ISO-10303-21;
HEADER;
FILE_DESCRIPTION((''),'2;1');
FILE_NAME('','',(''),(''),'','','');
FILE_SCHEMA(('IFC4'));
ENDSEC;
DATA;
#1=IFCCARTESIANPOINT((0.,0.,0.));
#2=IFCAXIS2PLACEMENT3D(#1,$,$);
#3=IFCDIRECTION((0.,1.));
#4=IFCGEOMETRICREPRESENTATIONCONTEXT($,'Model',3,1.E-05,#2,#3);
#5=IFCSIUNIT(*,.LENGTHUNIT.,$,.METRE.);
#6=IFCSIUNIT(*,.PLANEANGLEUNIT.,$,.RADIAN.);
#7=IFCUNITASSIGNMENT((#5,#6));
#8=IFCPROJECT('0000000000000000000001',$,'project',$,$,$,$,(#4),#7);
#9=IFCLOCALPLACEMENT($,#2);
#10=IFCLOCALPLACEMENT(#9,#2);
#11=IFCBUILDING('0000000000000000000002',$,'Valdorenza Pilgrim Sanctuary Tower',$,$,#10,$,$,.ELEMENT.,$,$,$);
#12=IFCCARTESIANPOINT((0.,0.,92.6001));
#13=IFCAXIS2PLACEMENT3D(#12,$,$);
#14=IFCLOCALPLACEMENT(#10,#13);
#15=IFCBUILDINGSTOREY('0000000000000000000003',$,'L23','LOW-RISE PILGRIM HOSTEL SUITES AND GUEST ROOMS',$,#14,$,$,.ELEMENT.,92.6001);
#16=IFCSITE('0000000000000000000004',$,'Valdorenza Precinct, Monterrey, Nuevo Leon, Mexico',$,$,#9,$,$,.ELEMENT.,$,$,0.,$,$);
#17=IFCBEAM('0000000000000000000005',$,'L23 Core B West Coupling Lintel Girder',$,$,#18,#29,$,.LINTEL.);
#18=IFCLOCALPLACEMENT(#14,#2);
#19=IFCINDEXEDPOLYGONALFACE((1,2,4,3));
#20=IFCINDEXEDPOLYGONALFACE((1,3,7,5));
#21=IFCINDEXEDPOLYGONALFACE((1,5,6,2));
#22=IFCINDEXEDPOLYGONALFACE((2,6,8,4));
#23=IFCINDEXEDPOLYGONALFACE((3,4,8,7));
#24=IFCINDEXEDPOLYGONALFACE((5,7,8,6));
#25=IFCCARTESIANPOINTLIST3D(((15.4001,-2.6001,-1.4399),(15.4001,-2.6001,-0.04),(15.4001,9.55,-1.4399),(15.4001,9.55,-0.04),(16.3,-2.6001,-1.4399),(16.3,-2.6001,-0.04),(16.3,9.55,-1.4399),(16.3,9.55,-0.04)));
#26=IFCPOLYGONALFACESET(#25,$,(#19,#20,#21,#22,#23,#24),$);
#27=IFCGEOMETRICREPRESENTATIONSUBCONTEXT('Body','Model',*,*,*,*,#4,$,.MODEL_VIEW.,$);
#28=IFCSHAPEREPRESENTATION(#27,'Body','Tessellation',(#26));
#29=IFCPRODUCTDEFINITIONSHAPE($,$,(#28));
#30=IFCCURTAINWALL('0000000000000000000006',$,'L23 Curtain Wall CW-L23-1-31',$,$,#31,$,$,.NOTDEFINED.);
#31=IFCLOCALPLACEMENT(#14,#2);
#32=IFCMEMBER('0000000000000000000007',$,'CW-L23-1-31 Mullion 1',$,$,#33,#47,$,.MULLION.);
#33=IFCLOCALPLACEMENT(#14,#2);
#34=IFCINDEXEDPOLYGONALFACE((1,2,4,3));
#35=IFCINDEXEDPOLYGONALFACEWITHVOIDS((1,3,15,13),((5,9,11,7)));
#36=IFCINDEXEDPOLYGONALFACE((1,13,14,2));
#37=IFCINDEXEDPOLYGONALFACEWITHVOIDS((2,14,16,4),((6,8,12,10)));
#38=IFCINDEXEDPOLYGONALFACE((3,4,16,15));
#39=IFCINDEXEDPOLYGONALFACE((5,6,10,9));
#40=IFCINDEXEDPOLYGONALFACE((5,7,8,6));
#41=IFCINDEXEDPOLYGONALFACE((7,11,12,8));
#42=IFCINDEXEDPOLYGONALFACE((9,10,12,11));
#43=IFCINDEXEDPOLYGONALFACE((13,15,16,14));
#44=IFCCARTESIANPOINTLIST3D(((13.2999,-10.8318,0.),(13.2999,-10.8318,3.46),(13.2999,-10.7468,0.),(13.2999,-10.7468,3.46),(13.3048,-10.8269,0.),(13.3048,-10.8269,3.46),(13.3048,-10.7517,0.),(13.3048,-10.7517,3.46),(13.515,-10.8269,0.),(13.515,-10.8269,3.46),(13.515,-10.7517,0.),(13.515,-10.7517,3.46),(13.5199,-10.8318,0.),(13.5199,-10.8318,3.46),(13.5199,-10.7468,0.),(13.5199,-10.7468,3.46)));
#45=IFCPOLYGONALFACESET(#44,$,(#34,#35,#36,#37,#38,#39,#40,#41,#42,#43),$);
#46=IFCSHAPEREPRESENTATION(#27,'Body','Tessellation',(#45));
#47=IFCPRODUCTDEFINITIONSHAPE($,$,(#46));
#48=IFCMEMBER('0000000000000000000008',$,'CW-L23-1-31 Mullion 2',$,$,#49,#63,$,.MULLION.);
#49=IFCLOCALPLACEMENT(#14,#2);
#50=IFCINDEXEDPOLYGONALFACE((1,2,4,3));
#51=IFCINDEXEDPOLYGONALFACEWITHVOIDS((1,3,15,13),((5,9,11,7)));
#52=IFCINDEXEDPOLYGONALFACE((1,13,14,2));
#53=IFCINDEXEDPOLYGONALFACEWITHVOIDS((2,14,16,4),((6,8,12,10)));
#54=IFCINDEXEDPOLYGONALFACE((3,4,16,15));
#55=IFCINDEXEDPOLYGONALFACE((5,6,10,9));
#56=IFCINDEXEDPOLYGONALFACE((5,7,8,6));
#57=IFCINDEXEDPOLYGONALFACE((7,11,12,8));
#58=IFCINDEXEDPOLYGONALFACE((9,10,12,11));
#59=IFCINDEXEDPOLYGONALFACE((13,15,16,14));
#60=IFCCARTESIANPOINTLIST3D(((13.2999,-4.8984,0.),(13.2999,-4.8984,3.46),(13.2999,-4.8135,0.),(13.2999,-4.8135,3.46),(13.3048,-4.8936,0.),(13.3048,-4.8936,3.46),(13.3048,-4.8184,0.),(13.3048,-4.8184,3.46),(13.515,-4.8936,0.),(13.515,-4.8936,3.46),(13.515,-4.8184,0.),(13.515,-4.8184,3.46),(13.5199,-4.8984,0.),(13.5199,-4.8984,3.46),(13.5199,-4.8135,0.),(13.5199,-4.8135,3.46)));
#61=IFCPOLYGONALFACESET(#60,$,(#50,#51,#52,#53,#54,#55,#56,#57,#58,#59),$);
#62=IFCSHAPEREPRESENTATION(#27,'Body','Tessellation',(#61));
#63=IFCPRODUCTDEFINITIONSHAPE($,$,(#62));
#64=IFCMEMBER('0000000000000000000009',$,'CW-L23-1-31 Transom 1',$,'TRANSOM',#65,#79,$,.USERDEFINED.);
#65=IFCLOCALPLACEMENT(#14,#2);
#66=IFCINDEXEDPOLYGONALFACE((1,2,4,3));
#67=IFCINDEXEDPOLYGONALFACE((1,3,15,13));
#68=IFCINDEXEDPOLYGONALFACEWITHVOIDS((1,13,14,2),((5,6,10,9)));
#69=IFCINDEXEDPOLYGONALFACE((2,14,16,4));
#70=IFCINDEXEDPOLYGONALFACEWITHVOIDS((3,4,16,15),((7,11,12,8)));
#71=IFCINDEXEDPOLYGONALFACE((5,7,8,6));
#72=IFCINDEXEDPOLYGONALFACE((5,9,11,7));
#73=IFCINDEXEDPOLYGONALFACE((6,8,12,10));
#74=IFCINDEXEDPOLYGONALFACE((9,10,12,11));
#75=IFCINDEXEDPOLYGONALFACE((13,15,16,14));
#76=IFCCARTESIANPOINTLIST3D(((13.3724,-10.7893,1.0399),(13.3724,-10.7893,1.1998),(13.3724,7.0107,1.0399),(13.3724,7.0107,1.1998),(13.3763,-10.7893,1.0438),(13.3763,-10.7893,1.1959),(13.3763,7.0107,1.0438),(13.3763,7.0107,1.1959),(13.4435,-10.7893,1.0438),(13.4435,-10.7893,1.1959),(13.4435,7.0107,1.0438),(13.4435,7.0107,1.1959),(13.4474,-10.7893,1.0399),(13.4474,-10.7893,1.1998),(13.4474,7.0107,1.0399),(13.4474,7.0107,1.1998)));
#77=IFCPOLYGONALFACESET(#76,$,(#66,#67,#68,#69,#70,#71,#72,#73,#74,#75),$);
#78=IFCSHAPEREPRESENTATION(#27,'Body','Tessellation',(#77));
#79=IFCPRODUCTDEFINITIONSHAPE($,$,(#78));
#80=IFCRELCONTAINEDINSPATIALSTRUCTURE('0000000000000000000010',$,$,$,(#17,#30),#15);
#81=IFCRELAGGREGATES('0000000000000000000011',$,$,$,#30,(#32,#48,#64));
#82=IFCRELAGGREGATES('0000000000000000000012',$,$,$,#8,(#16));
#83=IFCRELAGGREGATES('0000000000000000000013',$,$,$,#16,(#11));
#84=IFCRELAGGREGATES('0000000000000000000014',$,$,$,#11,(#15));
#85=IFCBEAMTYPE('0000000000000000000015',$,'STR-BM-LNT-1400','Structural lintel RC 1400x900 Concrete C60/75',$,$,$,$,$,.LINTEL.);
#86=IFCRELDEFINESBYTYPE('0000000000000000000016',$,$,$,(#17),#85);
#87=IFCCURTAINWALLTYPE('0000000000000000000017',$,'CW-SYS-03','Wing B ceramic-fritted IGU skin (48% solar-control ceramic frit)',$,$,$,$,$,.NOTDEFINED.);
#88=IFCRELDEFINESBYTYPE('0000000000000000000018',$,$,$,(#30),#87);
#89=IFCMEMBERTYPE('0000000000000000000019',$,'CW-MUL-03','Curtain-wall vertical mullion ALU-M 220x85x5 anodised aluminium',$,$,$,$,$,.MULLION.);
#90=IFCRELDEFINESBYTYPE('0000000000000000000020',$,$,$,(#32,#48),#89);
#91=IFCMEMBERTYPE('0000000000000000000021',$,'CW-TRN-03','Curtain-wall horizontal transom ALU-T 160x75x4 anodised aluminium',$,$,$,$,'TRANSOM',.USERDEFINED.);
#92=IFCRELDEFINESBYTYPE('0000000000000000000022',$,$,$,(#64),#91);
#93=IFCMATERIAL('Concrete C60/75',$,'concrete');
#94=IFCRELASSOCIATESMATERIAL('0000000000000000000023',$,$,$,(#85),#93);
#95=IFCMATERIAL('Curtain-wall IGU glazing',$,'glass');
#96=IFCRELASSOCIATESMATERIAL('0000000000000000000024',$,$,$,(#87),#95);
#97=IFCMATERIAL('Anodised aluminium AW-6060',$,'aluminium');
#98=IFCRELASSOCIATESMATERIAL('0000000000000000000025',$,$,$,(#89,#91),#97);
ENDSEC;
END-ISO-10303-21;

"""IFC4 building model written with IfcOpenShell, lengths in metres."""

from ifc_helpers import new_model, si_unit, direction, frame, origin, origin_2d, place, context, subcontext, project, spatial, rectangle, hollow_rectangle, extrude, source, transform, mapped, material, material_profile, profile_set, type_object, element, aggregate, save


model = new_model("IFC4")

# Units and contexts
model_context = context("Model", 3, precision=1e-05, world=origin(), true_north=direction((0.0, 1.0)))
body_context = subcontext(model_context, "Body", "Model", "MODEL_VIEW")
ifc_project = project(units=[si_unit("LENGTHUNIT", "METRE"), si_unit("PLANEANGLEUNIT", "RADIAN")], contexts=[model_context])

# Site, building, storey
site_placement = place(None, origin())
site = spatial("IfcSite", under=ifc_project, at=site_placement, Name="Valdorenza Precinct, Monterrey, Nuevo Leon, Mexico", CompositionType="ELEMENT", RefElevation=0.0)
building_placement = place(site_placement, origin())
building = spatial("IfcBuilding", under=site, at=building_placement, Name="Valdorenza Pilgrim Sanctuary Tower", CompositionType="ELEMENT")
storey_placement = place(building_placement, frame((0.0, 0.0, 92.6001)))
storey = spatial("IfcBuildingStorey", under=building, at=storey_placement, Name="L23", Description="LOW-RISE PILGRIM HOSTEL SUITES AND GUEST ROOMS", CompositionType="ELEMENT", Elevation=92.6001)

# Beam
ifc_material_1 = material(Name="Concrete C60/75", Category="concrete")
ifc_material_profile_1 = material_profile(ifc_material_1, rectangle(XDim=0.8999, YDim=1.3999, at=origin_2d()), Name="RC 1400x900")
ifc_profile_set_1 = profile_set([ifc_material_profile_1], Name="Concrete C60/75")
beam_type = type_object("IfcBeamType", Name="STR-BM-LNT-1400", Description="Structural lintel RC 1400x900 Concrete C60/75", PredefinedType="LINTEL", material=ifc_profile_set_1)
shared_shape_1 = source(origin(), body_context, "Body", "SweptSolid", [
    extrude(rectangle(XDim=0.8999, YDim=1.3999, at=origin_2d()), origin(), (0.0, 0.0, 1.0), 12.1501),
])
beam_placement = place(storey_placement, frame((15.8501, -2.6001, -0.74), z_axis=(0.0, 1.0, 0.0), x_axis=(-1.0, 0.0, 0.0)))
element("IfcBeam", 1, at=beam_placement, inside=storey, type_object=beam_type, Name="L23 Core B West Coupling Lintel Girder", PredefinedType="LINTEL", context=body_context, shape_type="MappedRepresentation", body=[
    mapped(shared_shape_1, transform((0.0, 0.0, 0.0), x_axis=(1.0, 0.0, 0.0), y_axis=(0.0, 1.0, 0.0), z_axis=(0.0, 0.0, 1.0), scale=1.0)),
])

# Curtain wall, members
ifc_material_2 = material(Name="Curtain-wall IGU glazing", Category="glass")
curtain_wall_type = type_object("IfcCurtainWallType", Name="CW-SYS-03", Description="Wing B ceramic-fritted IGU skin (48% solar-control ceramic frit)", PredefinedType="NOTDEFINED", material=ifc_material_2)
curtain_wall_placement = place(storey_placement, origin())
curtain_wall = element("IfcCurtainWall", 2, at=curtain_wall_placement, inside=storey, type_object=curtain_wall_type, Name="L23 Curtain Wall CW-L23-1-31", PredefinedType="NOTDEFINED")
ifc_material_3 = material(Name="Anodised aluminium AW-6060", Category="aluminium")
ifc_material_profile_2 = material_profile(ifc_material_3, hollow_rectangle(XDim=0.085, YDim=0.22, WallThickness=0.0049, at=origin_2d()), Name="ALU-M 220x85x5")
ifc_profile_set_2 = profile_set([ifc_material_profile_2], Name="Anodised aluminium AW-6060")
member_type_1 = type_object("IfcMemberType", Name="CW-MUL-03", Description="Curtain-wall vertical mullion ALU-M 220x85x5 anodised aluminium", PredefinedType="MULLION", material=ifc_profile_set_2)
shared_shape_2 = source(origin(), body_context, "Body", "SweptSolid", [
    extrude(hollow_rectangle(XDim=0.085, YDim=0.22, WallThickness=0.0049, at=origin_2d()), origin(), (0.0, 0.0, 1.0), 3.46),
])
member_1_placement = place(storey_placement, frame((13.4099, -10.7893, 0.0), z_axis=(0.0, 0.0, 1.0), x_axis=(0.0, 1.0, 0.0)))
member_1 = element("IfcMember", 3, at=member_1_placement, type_object=member_type_1, Name="CW-L23-1-31 Mullion 1", PredefinedType="MULLION", context=body_context, shape_type="MappedRepresentation", body=[
    mapped(shared_shape_2, transform((0.0, 0.0, 0.0), x_axis=(1.0, 0.0, 0.0), y_axis=(0.0, 1.0, 0.0), z_axis=(0.0, 0.0, 1.0), scale=1.0)),
])
member_2_placement = place(storey_placement, frame((13.4099, -4.856, 0.0), z_axis=(0.0, 0.0, 1.0), x_axis=(0.0, 1.0, 0.0)))
member_2 = element("IfcMember", 4, at=member_2_placement, type_object=member_type_1, Name="CW-L23-1-31 Mullion 2", PredefinedType="MULLION", context=body_context, shape_type="MappedRepresentation", body=[
    mapped(shared_shape_2, transform((0.0, 0.0, 0.0), x_axis=(1.0, 0.0, 0.0), y_axis=(0.0, 1.0, 0.0), z_axis=(0.0, 0.0, 1.0), scale=1.0)),
])
ifc_material_profile_3 = material_profile(ifc_material_3, hollow_rectangle(XDim=0.075, YDim=0.1599, WallThickness=0.0039, at=origin_2d()), Name="ALU-T 160x75x4")
ifc_profile_set_3 = profile_set([ifc_material_profile_3], Name="Anodised aluminium AW-6060")
member_type_2 = type_object("IfcMemberType", Name="CW-TRN-03", Description="Curtain-wall horizontal transom ALU-T 160x75x4 anodised aluminium", ElementType="TRANSOM", PredefinedType="USERDEFINED", material=ifc_profile_set_3)
shared_shape_3 = source(origin(), body_context, "Body", "SweptSolid", [
    extrude(hollow_rectangle(XDim=0.075, YDim=0.1599, WallThickness=0.0039, at=origin_2d()), origin(), (0.0, 0.0, 1.0), 17.8),
])
member_3_placement = place(storey_placement, frame((13.4099, -10.7893, 1.1199), z_axis=(0.0, 1.0, 0.0), x_axis=(-1.0, 0.0, 0.0)))
member_3 = element("IfcMember", 5, at=member_3_placement, type_object=member_type_2, Name="CW-L23-1-31 Transom 1", ObjectType="TRANSOM", PredefinedType="USERDEFINED", context=body_context, shape_type="MappedRepresentation", body=[
    mapped(shared_shape_3, transform((0.0, 0.0, 0.0), x_axis=(1.0, 0.0, 0.0), y_axis=(0.0, 1.0, 0.0), z_axis=(0.0, 0.0, 1.0), scale=1.0)),
])

aggregate(curtain_wall, [member_1, member_2, member_3])

save(model, "model.ifc")
